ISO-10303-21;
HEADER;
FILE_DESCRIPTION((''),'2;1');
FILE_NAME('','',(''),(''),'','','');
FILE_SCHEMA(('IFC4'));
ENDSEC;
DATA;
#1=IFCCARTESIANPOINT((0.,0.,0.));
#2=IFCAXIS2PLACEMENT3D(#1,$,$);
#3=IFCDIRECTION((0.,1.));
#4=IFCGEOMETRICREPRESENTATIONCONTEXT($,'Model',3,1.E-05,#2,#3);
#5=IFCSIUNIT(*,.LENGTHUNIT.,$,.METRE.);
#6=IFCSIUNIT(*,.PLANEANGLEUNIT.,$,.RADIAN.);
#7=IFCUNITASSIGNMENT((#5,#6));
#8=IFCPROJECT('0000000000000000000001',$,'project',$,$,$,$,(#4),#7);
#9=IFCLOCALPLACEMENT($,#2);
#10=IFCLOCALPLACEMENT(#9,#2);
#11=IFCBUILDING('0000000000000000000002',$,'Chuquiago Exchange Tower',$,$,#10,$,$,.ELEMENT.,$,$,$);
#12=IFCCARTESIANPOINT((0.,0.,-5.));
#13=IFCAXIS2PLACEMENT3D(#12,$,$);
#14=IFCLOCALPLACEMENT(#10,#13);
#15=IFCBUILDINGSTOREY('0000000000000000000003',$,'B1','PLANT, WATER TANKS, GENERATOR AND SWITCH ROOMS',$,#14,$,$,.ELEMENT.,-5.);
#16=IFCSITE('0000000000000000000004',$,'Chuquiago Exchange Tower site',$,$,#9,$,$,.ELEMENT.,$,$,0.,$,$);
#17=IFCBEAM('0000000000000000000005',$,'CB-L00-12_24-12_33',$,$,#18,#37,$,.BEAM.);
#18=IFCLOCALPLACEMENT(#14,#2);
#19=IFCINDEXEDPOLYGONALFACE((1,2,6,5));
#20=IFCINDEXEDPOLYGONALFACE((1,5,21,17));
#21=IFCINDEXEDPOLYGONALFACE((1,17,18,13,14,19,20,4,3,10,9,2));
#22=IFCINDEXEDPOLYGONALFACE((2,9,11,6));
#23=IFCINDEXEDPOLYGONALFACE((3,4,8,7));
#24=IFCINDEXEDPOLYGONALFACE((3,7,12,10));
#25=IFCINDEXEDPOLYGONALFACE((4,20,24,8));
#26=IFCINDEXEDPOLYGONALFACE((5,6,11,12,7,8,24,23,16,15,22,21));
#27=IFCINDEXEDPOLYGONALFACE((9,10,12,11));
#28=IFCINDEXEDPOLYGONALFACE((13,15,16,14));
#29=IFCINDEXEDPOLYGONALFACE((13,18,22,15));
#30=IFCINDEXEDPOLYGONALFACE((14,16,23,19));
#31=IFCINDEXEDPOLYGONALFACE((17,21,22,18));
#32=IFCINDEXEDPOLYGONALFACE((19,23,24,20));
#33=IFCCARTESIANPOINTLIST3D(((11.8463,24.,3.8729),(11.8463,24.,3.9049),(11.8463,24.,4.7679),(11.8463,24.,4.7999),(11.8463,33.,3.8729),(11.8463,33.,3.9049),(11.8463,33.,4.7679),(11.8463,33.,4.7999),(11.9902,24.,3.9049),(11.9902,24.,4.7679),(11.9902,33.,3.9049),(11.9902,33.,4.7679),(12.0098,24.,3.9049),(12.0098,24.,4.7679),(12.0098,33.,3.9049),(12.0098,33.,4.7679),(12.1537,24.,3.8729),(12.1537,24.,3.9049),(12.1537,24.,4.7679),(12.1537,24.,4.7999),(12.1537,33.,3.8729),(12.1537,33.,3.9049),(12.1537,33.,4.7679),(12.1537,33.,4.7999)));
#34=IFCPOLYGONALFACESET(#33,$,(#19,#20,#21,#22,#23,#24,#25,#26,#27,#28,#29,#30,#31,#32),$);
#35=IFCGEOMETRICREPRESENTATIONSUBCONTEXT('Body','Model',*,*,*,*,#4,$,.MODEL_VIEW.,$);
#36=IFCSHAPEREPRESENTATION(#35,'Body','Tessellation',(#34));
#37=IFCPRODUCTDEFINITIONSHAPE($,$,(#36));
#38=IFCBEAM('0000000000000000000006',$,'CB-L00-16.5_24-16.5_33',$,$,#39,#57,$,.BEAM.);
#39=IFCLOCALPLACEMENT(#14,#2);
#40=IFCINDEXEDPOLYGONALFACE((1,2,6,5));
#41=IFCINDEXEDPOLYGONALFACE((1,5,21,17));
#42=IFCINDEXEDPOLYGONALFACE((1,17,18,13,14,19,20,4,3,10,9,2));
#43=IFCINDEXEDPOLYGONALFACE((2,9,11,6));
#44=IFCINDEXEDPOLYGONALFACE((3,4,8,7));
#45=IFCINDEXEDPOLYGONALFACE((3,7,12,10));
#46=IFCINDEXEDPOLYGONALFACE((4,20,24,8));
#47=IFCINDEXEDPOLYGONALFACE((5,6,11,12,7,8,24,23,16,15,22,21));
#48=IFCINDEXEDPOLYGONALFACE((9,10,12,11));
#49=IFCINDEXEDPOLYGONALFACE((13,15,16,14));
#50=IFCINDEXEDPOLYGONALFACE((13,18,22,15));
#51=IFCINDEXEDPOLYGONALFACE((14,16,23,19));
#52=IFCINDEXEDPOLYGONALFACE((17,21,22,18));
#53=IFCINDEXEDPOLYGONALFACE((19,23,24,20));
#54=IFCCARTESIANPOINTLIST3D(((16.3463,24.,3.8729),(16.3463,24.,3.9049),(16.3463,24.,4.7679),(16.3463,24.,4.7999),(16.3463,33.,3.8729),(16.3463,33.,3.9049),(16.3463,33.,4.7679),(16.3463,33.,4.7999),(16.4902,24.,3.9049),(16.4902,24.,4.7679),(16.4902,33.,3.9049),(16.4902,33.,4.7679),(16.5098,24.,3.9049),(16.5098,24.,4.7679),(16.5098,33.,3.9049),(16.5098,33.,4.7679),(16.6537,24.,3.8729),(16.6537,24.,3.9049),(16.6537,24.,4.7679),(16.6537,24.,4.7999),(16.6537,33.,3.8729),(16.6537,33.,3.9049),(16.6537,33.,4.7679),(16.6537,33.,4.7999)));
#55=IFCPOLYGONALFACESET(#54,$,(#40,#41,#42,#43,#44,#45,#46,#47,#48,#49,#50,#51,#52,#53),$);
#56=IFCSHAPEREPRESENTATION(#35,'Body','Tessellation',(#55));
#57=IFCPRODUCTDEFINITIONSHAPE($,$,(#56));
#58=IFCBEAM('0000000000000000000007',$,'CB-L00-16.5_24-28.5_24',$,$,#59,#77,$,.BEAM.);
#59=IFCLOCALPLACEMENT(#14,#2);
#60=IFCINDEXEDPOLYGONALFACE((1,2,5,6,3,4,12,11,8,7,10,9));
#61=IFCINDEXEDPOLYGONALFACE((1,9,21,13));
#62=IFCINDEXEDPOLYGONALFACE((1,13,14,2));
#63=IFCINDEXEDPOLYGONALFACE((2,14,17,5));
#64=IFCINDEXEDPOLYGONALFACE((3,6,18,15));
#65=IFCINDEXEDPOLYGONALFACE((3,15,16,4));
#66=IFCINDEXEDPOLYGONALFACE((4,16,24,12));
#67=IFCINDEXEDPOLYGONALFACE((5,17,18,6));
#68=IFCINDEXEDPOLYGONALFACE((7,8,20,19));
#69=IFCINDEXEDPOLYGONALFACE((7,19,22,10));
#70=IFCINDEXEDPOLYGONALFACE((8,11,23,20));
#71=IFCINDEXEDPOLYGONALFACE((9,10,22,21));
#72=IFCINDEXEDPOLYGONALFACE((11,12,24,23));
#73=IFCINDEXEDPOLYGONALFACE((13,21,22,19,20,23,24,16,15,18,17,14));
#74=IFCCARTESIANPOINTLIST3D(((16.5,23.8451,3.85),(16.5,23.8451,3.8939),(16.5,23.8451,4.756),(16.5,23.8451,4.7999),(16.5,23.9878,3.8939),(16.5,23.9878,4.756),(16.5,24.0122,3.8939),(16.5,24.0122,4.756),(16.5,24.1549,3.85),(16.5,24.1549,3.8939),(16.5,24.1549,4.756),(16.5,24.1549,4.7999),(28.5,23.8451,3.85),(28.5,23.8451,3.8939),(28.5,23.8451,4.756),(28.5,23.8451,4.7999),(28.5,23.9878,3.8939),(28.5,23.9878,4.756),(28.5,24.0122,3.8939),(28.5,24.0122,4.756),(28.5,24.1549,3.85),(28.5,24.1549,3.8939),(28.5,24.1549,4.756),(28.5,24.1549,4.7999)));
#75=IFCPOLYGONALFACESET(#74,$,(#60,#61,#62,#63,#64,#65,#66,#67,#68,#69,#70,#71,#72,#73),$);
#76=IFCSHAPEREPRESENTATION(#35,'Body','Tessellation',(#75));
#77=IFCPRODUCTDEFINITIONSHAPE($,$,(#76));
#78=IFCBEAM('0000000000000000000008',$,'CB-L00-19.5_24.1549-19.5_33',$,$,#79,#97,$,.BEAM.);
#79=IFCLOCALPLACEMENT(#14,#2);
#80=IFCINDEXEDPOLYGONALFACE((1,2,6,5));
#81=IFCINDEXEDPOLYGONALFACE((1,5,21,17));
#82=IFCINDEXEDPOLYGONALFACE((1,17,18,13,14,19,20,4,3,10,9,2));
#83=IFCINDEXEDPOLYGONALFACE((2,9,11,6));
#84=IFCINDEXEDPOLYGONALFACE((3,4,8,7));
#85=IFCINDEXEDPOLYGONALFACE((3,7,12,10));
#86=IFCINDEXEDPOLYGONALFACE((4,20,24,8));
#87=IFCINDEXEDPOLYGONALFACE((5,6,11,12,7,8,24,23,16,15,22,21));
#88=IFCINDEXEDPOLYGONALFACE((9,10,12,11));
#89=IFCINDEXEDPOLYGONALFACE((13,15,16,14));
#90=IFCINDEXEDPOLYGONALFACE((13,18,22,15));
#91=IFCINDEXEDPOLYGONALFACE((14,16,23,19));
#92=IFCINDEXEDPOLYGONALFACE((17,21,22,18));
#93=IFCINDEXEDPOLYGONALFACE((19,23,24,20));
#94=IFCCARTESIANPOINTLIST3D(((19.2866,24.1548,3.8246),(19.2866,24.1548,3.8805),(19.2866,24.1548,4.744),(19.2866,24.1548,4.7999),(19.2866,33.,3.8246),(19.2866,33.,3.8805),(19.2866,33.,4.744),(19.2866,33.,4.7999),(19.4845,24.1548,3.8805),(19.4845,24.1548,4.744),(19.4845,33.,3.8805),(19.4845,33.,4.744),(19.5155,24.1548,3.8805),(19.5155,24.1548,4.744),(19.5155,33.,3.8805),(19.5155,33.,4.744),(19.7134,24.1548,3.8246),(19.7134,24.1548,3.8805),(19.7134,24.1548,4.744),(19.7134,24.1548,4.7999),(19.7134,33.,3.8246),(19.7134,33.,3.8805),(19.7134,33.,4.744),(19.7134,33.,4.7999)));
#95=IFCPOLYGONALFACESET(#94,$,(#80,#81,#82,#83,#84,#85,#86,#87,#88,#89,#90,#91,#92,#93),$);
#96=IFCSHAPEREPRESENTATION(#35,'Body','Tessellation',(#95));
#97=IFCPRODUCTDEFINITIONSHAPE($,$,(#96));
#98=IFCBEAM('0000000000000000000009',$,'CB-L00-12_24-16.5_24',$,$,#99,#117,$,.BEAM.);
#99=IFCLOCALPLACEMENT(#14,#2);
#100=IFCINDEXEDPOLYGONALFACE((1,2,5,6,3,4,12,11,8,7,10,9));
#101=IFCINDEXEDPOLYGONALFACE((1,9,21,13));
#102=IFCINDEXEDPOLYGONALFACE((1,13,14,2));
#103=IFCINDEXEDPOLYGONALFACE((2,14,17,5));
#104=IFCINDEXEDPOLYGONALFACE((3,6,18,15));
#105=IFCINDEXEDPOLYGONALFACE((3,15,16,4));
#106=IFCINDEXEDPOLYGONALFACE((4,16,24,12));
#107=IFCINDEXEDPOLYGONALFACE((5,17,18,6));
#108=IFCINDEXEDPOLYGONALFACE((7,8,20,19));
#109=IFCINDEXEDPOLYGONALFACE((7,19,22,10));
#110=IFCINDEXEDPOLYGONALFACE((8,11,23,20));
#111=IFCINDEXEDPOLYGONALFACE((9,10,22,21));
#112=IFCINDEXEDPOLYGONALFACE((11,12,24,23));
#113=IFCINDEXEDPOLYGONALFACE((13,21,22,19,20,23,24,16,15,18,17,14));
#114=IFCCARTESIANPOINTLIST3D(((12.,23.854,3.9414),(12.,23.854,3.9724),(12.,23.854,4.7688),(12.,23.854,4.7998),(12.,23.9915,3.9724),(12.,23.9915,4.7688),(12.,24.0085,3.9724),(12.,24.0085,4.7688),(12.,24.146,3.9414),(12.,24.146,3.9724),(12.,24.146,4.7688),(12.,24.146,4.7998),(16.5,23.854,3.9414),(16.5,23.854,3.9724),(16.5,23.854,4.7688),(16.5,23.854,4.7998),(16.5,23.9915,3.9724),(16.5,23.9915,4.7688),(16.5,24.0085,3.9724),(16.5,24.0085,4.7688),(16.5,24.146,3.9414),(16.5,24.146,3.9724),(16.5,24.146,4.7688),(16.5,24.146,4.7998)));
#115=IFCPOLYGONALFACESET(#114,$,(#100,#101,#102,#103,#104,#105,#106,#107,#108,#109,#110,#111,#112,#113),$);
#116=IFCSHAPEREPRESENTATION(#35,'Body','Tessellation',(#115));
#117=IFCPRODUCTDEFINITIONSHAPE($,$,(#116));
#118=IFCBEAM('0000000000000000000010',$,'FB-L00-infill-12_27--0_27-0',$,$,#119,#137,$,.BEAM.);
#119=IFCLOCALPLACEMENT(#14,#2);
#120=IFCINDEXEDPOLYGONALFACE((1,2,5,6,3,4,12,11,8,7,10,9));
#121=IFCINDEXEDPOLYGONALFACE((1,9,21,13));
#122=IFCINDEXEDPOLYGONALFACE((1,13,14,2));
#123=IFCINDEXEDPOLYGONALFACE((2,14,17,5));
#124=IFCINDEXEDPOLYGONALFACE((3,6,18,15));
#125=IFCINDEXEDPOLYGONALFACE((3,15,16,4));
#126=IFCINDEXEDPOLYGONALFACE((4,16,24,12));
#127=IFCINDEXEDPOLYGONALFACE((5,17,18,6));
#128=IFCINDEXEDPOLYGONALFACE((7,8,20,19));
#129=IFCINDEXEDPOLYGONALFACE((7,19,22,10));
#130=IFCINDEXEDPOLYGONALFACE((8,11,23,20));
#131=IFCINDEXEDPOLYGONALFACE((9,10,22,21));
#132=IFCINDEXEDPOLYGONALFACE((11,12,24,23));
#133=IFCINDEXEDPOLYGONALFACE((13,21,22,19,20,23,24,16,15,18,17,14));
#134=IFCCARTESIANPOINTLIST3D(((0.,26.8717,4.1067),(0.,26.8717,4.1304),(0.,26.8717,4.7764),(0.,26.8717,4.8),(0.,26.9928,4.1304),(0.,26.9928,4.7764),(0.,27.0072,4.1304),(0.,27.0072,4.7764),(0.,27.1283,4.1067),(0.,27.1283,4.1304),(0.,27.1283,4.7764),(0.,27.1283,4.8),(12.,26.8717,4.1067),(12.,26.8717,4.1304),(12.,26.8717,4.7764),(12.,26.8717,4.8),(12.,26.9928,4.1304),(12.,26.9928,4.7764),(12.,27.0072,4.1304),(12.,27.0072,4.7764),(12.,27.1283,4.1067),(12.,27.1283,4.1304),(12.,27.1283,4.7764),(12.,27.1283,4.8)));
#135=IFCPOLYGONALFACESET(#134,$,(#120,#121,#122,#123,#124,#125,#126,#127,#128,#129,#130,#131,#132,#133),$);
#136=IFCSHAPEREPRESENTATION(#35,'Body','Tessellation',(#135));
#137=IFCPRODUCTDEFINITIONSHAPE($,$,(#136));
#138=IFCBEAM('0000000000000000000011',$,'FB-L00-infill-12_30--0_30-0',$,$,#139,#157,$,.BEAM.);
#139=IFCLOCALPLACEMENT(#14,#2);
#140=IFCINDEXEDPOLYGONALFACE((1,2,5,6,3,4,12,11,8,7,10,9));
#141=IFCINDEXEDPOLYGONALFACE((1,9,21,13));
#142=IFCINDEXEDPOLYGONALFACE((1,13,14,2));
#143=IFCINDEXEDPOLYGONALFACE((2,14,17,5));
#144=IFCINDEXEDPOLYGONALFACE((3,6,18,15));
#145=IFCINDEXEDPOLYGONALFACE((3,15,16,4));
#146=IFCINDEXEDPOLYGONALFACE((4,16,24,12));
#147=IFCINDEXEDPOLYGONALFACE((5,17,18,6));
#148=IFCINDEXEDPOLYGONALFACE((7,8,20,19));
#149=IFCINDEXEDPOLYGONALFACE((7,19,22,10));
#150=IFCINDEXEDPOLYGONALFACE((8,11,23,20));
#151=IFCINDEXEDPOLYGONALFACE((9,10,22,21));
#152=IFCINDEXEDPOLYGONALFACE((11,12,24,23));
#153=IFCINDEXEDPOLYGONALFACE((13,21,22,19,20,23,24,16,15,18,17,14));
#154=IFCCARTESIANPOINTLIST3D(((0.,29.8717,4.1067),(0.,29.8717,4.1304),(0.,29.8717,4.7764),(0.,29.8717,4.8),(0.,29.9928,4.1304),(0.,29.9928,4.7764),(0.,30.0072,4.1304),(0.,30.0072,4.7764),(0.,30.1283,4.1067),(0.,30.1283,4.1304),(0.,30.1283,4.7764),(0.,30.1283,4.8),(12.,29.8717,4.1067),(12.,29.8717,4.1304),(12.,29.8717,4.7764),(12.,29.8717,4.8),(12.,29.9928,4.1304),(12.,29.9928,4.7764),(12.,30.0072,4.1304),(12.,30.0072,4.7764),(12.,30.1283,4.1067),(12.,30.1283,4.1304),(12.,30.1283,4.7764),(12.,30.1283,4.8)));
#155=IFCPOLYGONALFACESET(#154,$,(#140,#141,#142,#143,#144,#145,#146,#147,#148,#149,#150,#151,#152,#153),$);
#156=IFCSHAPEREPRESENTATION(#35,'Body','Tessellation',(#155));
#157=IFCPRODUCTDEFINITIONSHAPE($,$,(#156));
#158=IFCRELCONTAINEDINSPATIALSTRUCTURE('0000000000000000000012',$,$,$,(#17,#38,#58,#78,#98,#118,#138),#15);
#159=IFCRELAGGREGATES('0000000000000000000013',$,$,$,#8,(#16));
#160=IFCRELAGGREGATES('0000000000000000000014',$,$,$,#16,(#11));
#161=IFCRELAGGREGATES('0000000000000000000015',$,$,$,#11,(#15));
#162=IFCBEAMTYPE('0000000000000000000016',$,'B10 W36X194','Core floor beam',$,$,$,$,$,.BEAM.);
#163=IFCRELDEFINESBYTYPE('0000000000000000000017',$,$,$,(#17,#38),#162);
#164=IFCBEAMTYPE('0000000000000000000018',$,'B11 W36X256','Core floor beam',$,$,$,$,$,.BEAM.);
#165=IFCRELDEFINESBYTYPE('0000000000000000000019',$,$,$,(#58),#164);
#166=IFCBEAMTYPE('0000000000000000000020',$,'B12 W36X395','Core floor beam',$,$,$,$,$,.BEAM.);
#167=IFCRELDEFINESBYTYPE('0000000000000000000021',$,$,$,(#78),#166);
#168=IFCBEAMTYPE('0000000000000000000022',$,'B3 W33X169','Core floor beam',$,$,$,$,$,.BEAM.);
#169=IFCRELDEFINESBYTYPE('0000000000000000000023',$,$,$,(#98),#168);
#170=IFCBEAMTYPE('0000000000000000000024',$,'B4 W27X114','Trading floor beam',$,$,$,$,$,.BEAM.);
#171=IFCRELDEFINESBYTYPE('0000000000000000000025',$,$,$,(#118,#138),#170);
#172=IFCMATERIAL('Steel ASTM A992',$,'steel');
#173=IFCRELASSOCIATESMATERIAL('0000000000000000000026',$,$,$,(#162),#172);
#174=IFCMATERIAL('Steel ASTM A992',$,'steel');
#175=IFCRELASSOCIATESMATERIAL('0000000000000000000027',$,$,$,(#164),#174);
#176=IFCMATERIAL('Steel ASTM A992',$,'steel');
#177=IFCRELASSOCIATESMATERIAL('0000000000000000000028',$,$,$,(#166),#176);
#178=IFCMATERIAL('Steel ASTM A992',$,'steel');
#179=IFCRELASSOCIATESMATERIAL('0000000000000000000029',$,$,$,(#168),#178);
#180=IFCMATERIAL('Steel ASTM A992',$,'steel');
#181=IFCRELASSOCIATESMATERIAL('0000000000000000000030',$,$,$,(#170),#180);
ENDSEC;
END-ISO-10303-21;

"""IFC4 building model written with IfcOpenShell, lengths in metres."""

from ifc_helpers import new_model, si_unit, direction, frame, origin, origin_2d, place, context, subcontext, project, spatial, i_section, extrude, material, material_profile, profile_set, type_object, element, save


model = new_model("IFC4")

# Units and contexts
model_context = context("Model", 3, precision=1e-05, world=origin(), true_north=direction((0.0, 1.0)))
body_context = subcontext(model_context, "Body", "Model", "MODEL_VIEW")
ifc_project = project(units=[si_unit("LENGTHUNIT", "METRE"), si_unit("PLANEANGLEUNIT", "RADIAN")], contexts=[model_context])

# Site, building, storey
site_placement = place(None, origin())
site = spatial("IfcSite", under=ifc_project, at=site_placement, Name="Chuquiago Exchange Tower site", CompositionType="ELEMENT", RefElevation=0.0)
building_placement = place(site_placement, origin())
building = spatial("IfcBuilding", under=site, at=building_placement, Name="Chuquiago Exchange Tower", CompositionType="ELEMENT")
storey_placement = place(building_placement, frame((0.0, 0.0, -5.0)))
storey = spatial("IfcBuildingStorey", under=building, at=storey_placement, Name="B1", Description="PLANT, WATER TANKS, GENERATOR AND SWITCH ROOMS", CompositionType="ELEMENT", Elevation=-5.0)

# Beams
ifc_material_1 = material(Name="Steel ASTM A992", Category="steel")
ifc_material_profile_1 = material_profile(ifc_material_1, i_section(OverallWidth=0.3074, OverallDepth=0.927, WebThickness=0.0195, FlangeThickness=0.032, at=origin_2d()), Name="W36X194")
ifc_profile_set_1 = profile_set([ifc_material_profile_1], Name="Steel ASTM A992")
beam_type_1 = type_object("IfcBeamType", Name="B10 W36X194", Description="Core floor beam", PredefinedType="BEAM", material=ifc_profile_set_1)
for number, where, z_axis, x_axis, name in (
    (1, (12.0, 24.0, 4.3364), (0.0, 1.0, 0.0), (-1.0, 0.0, 0.0), "CB-L00-12_24-12_33"),
    (2, (16.5, 24.0, 4.3364), (0.0, 1.0, 0.0), (-1.0, 0.0, 0.0), "CB-L00-16.5_24-16.5_33"),
):
    element("IfcBeam", number, at=place(storey_placement, frame(where, z_axis=z_axis, x_axis=x_axis)), inside=storey, type_object=beam_type_1, Name=name, PredefinedType="BEAM", context=body_context, shape_type="SweptSolid", body=[
        extrude(i_section(OverallWidth=0.3074, OverallDepth=0.927, WebThickness=0.0195, FlangeThickness=0.032, at=origin_2d()), origin(), (0.0, 0.0, 1.0), 9.0),
    ])
ifc_material_2 = material(Name="Steel ASTM A992", Category="steel")
ifc_material_profile_2 = material_profile(ifc_material_2, i_section(OverallWidth=0.3098, OverallDepth=0.95, WebThickness=0.0244, FlangeThickness=0.0439, at=origin_2d()), Name="W36X256")
ifc_profile_set_2 = profile_set([ifc_material_profile_2], Name="Steel ASTM A992")
beam_type_2 = type_object("IfcBeamType", Name="B11 W36X256", Description="Core floor beam", PredefinedType="BEAM", material=ifc_profile_set_2)
beam_1_placement = place(storey_placement, frame((16.5, 24.0, 4.325), z_axis=(1.0, 0.0, 0.0), x_axis=(0.0, 1.0, 0.0)))
element("IfcBeam", 3, at=beam_1_placement, inside=storey, type_object=beam_type_2, Name="CB-L00-16.5_24-28.5_24", PredefinedType="BEAM", context=body_context, shape_type="SweptSolid", body=[
    extrude(i_section(OverallWidth=0.3098, OverallDepth=0.95, WebThickness=0.0244, FlangeThickness=0.0439, at=origin_2d()), origin(), (0.0, 0.0, 1.0), 12.0),
])
ifc_material_3 = material(Name="Steel ASTM A992", Category="steel")
ifc_material_profile_3 = material_profile(ifc_material_3, i_section(OverallWidth=0.4268, OverallDepth=0.9753, WebThickness=0.031, FlangeThickness=0.0559, at=origin_2d()), Name="W36X395")
ifc_profile_set_3 = profile_set([ifc_material_profile_3], Name="Steel ASTM A992")
beam_type_3 = type_object("IfcBeamType", Name="B12 W36X395", Description="Core floor beam", PredefinedType="BEAM", material=ifc_profile_set_3)
beam_2_placement = place(storey_placement, frame((19.5, 24.1548, 4.3123), z_axis=(0.0, 1.0, 0.0), x_axis=(-1.0, 0.0, 0.0)))
element("IfcBeam", 4, at=beam_2_placement, inside=storey, type_object=beam_type_3, Name="CB-L00-19.5_24.1549-19.5_33", PredefinedType="BEAM", context=body_context, shape_type="SweptSolid", body=[
    extrude(i_section(OverallWidth=0.4268, OverallDepth=0.9753, WebThickness=0.031, FlangeThickness=0.0559, at=origin_2d()), origin(), (0.0, 0.0, 1.0), 8.8452),
])
ifc_material_4 = material(Name="Steel ASTM A992", Category="steel")
ifc_material_profile_4 = material_profile(ifc_material_4, i_section(OverallWidth=0.292, OverallDepth=0.8584, WebThickness=0.0171, FlangeThickness=0.031, at=origin_2d()), Name="W33X169")
ifc_profile_set_4 = profile_set([ifc_material_profile_4], Name="Steel ASTM A992")
beam_type_4 = type_object("IfcBeamType", Name="B3 W33X169", Description="Core floor beam", PredefinedType="BEAM", material=ifc_profile_set_4)
beam_3_placement = place(storey_placement, frame((12.0, 24.0, 4.3706), z_axis=(1.0, 0.0, 0.0), x_axis=(0.0, 1.0, 0.0)))
element("IfcBeam", 5, at=beam_3_placement, inside=storey, type_object=beam_type_4, Name="CB-L00-12_24-16.5_24", PredefinedType="BEAM", context=body_context, shape_type="SweptSolid", body=[
    extrude(i_section(OverallWidth=0.292, OverallDepth=0.8584, WebThickness=0.0171, FlangeThickness=0.031, at=origin_2d()), origin(), (0.0, 0.0, 1.0), 4.5),
])
ifc_material_5 = material(Name="Steel ASTM A992", Category="steel")
ifc_material_profile_5 = material_profile(ifc_material_5, i_section(OverallWidth=0.2566, OverallDepth=0.6934, WebThickness=0.0144, FlangeThickness=0.0237, at=origin_2d()), Name="W27X114")
ifc_profile_set_5 = profile_set([ifc_material_profile_5], Name="Steel ASTM A992")
beam_type_5 = type_object("IfcBeamType", Name="B4 W27X114", Description="Trading floor beam", PredefinedType="BEAM", material=ifc_profile_set_5)
for number, where, z_axis, x_axis, name in (
    (6, (12.0, 27.0, 4.4534), (-1.0, 0.0, 0.0), (0.0, -1.0, 0.0), "FB-L00-infill-12_27--0_27-0"),
    (7, (12.0, 30.0, 4.4534), (-1.0, 0.0, 0.0), (0.0, -1.0, 0.0), "FB-L00-infill-12_30--0_30-0"),
):
    element("IfcBeam", number, at=place(storey_placement, frame(where, z_axis=z_axis, x_axis=x_axis)), inside=storey, type_object=beam_type_5, Name=name, PredefinedType="BEAM", context=body_context, shape_type="SweptSolid", body=[
        extrude(i_section(OverallWidth=0.2566, OverallDepth=0.6934, WebThickness=0.0144, FlangeThickness=0.0237, at=origin_2d()), origin(), (0.0, 0.0, 1.0), 12.0),
    ])

save(model, "model.ifc")
